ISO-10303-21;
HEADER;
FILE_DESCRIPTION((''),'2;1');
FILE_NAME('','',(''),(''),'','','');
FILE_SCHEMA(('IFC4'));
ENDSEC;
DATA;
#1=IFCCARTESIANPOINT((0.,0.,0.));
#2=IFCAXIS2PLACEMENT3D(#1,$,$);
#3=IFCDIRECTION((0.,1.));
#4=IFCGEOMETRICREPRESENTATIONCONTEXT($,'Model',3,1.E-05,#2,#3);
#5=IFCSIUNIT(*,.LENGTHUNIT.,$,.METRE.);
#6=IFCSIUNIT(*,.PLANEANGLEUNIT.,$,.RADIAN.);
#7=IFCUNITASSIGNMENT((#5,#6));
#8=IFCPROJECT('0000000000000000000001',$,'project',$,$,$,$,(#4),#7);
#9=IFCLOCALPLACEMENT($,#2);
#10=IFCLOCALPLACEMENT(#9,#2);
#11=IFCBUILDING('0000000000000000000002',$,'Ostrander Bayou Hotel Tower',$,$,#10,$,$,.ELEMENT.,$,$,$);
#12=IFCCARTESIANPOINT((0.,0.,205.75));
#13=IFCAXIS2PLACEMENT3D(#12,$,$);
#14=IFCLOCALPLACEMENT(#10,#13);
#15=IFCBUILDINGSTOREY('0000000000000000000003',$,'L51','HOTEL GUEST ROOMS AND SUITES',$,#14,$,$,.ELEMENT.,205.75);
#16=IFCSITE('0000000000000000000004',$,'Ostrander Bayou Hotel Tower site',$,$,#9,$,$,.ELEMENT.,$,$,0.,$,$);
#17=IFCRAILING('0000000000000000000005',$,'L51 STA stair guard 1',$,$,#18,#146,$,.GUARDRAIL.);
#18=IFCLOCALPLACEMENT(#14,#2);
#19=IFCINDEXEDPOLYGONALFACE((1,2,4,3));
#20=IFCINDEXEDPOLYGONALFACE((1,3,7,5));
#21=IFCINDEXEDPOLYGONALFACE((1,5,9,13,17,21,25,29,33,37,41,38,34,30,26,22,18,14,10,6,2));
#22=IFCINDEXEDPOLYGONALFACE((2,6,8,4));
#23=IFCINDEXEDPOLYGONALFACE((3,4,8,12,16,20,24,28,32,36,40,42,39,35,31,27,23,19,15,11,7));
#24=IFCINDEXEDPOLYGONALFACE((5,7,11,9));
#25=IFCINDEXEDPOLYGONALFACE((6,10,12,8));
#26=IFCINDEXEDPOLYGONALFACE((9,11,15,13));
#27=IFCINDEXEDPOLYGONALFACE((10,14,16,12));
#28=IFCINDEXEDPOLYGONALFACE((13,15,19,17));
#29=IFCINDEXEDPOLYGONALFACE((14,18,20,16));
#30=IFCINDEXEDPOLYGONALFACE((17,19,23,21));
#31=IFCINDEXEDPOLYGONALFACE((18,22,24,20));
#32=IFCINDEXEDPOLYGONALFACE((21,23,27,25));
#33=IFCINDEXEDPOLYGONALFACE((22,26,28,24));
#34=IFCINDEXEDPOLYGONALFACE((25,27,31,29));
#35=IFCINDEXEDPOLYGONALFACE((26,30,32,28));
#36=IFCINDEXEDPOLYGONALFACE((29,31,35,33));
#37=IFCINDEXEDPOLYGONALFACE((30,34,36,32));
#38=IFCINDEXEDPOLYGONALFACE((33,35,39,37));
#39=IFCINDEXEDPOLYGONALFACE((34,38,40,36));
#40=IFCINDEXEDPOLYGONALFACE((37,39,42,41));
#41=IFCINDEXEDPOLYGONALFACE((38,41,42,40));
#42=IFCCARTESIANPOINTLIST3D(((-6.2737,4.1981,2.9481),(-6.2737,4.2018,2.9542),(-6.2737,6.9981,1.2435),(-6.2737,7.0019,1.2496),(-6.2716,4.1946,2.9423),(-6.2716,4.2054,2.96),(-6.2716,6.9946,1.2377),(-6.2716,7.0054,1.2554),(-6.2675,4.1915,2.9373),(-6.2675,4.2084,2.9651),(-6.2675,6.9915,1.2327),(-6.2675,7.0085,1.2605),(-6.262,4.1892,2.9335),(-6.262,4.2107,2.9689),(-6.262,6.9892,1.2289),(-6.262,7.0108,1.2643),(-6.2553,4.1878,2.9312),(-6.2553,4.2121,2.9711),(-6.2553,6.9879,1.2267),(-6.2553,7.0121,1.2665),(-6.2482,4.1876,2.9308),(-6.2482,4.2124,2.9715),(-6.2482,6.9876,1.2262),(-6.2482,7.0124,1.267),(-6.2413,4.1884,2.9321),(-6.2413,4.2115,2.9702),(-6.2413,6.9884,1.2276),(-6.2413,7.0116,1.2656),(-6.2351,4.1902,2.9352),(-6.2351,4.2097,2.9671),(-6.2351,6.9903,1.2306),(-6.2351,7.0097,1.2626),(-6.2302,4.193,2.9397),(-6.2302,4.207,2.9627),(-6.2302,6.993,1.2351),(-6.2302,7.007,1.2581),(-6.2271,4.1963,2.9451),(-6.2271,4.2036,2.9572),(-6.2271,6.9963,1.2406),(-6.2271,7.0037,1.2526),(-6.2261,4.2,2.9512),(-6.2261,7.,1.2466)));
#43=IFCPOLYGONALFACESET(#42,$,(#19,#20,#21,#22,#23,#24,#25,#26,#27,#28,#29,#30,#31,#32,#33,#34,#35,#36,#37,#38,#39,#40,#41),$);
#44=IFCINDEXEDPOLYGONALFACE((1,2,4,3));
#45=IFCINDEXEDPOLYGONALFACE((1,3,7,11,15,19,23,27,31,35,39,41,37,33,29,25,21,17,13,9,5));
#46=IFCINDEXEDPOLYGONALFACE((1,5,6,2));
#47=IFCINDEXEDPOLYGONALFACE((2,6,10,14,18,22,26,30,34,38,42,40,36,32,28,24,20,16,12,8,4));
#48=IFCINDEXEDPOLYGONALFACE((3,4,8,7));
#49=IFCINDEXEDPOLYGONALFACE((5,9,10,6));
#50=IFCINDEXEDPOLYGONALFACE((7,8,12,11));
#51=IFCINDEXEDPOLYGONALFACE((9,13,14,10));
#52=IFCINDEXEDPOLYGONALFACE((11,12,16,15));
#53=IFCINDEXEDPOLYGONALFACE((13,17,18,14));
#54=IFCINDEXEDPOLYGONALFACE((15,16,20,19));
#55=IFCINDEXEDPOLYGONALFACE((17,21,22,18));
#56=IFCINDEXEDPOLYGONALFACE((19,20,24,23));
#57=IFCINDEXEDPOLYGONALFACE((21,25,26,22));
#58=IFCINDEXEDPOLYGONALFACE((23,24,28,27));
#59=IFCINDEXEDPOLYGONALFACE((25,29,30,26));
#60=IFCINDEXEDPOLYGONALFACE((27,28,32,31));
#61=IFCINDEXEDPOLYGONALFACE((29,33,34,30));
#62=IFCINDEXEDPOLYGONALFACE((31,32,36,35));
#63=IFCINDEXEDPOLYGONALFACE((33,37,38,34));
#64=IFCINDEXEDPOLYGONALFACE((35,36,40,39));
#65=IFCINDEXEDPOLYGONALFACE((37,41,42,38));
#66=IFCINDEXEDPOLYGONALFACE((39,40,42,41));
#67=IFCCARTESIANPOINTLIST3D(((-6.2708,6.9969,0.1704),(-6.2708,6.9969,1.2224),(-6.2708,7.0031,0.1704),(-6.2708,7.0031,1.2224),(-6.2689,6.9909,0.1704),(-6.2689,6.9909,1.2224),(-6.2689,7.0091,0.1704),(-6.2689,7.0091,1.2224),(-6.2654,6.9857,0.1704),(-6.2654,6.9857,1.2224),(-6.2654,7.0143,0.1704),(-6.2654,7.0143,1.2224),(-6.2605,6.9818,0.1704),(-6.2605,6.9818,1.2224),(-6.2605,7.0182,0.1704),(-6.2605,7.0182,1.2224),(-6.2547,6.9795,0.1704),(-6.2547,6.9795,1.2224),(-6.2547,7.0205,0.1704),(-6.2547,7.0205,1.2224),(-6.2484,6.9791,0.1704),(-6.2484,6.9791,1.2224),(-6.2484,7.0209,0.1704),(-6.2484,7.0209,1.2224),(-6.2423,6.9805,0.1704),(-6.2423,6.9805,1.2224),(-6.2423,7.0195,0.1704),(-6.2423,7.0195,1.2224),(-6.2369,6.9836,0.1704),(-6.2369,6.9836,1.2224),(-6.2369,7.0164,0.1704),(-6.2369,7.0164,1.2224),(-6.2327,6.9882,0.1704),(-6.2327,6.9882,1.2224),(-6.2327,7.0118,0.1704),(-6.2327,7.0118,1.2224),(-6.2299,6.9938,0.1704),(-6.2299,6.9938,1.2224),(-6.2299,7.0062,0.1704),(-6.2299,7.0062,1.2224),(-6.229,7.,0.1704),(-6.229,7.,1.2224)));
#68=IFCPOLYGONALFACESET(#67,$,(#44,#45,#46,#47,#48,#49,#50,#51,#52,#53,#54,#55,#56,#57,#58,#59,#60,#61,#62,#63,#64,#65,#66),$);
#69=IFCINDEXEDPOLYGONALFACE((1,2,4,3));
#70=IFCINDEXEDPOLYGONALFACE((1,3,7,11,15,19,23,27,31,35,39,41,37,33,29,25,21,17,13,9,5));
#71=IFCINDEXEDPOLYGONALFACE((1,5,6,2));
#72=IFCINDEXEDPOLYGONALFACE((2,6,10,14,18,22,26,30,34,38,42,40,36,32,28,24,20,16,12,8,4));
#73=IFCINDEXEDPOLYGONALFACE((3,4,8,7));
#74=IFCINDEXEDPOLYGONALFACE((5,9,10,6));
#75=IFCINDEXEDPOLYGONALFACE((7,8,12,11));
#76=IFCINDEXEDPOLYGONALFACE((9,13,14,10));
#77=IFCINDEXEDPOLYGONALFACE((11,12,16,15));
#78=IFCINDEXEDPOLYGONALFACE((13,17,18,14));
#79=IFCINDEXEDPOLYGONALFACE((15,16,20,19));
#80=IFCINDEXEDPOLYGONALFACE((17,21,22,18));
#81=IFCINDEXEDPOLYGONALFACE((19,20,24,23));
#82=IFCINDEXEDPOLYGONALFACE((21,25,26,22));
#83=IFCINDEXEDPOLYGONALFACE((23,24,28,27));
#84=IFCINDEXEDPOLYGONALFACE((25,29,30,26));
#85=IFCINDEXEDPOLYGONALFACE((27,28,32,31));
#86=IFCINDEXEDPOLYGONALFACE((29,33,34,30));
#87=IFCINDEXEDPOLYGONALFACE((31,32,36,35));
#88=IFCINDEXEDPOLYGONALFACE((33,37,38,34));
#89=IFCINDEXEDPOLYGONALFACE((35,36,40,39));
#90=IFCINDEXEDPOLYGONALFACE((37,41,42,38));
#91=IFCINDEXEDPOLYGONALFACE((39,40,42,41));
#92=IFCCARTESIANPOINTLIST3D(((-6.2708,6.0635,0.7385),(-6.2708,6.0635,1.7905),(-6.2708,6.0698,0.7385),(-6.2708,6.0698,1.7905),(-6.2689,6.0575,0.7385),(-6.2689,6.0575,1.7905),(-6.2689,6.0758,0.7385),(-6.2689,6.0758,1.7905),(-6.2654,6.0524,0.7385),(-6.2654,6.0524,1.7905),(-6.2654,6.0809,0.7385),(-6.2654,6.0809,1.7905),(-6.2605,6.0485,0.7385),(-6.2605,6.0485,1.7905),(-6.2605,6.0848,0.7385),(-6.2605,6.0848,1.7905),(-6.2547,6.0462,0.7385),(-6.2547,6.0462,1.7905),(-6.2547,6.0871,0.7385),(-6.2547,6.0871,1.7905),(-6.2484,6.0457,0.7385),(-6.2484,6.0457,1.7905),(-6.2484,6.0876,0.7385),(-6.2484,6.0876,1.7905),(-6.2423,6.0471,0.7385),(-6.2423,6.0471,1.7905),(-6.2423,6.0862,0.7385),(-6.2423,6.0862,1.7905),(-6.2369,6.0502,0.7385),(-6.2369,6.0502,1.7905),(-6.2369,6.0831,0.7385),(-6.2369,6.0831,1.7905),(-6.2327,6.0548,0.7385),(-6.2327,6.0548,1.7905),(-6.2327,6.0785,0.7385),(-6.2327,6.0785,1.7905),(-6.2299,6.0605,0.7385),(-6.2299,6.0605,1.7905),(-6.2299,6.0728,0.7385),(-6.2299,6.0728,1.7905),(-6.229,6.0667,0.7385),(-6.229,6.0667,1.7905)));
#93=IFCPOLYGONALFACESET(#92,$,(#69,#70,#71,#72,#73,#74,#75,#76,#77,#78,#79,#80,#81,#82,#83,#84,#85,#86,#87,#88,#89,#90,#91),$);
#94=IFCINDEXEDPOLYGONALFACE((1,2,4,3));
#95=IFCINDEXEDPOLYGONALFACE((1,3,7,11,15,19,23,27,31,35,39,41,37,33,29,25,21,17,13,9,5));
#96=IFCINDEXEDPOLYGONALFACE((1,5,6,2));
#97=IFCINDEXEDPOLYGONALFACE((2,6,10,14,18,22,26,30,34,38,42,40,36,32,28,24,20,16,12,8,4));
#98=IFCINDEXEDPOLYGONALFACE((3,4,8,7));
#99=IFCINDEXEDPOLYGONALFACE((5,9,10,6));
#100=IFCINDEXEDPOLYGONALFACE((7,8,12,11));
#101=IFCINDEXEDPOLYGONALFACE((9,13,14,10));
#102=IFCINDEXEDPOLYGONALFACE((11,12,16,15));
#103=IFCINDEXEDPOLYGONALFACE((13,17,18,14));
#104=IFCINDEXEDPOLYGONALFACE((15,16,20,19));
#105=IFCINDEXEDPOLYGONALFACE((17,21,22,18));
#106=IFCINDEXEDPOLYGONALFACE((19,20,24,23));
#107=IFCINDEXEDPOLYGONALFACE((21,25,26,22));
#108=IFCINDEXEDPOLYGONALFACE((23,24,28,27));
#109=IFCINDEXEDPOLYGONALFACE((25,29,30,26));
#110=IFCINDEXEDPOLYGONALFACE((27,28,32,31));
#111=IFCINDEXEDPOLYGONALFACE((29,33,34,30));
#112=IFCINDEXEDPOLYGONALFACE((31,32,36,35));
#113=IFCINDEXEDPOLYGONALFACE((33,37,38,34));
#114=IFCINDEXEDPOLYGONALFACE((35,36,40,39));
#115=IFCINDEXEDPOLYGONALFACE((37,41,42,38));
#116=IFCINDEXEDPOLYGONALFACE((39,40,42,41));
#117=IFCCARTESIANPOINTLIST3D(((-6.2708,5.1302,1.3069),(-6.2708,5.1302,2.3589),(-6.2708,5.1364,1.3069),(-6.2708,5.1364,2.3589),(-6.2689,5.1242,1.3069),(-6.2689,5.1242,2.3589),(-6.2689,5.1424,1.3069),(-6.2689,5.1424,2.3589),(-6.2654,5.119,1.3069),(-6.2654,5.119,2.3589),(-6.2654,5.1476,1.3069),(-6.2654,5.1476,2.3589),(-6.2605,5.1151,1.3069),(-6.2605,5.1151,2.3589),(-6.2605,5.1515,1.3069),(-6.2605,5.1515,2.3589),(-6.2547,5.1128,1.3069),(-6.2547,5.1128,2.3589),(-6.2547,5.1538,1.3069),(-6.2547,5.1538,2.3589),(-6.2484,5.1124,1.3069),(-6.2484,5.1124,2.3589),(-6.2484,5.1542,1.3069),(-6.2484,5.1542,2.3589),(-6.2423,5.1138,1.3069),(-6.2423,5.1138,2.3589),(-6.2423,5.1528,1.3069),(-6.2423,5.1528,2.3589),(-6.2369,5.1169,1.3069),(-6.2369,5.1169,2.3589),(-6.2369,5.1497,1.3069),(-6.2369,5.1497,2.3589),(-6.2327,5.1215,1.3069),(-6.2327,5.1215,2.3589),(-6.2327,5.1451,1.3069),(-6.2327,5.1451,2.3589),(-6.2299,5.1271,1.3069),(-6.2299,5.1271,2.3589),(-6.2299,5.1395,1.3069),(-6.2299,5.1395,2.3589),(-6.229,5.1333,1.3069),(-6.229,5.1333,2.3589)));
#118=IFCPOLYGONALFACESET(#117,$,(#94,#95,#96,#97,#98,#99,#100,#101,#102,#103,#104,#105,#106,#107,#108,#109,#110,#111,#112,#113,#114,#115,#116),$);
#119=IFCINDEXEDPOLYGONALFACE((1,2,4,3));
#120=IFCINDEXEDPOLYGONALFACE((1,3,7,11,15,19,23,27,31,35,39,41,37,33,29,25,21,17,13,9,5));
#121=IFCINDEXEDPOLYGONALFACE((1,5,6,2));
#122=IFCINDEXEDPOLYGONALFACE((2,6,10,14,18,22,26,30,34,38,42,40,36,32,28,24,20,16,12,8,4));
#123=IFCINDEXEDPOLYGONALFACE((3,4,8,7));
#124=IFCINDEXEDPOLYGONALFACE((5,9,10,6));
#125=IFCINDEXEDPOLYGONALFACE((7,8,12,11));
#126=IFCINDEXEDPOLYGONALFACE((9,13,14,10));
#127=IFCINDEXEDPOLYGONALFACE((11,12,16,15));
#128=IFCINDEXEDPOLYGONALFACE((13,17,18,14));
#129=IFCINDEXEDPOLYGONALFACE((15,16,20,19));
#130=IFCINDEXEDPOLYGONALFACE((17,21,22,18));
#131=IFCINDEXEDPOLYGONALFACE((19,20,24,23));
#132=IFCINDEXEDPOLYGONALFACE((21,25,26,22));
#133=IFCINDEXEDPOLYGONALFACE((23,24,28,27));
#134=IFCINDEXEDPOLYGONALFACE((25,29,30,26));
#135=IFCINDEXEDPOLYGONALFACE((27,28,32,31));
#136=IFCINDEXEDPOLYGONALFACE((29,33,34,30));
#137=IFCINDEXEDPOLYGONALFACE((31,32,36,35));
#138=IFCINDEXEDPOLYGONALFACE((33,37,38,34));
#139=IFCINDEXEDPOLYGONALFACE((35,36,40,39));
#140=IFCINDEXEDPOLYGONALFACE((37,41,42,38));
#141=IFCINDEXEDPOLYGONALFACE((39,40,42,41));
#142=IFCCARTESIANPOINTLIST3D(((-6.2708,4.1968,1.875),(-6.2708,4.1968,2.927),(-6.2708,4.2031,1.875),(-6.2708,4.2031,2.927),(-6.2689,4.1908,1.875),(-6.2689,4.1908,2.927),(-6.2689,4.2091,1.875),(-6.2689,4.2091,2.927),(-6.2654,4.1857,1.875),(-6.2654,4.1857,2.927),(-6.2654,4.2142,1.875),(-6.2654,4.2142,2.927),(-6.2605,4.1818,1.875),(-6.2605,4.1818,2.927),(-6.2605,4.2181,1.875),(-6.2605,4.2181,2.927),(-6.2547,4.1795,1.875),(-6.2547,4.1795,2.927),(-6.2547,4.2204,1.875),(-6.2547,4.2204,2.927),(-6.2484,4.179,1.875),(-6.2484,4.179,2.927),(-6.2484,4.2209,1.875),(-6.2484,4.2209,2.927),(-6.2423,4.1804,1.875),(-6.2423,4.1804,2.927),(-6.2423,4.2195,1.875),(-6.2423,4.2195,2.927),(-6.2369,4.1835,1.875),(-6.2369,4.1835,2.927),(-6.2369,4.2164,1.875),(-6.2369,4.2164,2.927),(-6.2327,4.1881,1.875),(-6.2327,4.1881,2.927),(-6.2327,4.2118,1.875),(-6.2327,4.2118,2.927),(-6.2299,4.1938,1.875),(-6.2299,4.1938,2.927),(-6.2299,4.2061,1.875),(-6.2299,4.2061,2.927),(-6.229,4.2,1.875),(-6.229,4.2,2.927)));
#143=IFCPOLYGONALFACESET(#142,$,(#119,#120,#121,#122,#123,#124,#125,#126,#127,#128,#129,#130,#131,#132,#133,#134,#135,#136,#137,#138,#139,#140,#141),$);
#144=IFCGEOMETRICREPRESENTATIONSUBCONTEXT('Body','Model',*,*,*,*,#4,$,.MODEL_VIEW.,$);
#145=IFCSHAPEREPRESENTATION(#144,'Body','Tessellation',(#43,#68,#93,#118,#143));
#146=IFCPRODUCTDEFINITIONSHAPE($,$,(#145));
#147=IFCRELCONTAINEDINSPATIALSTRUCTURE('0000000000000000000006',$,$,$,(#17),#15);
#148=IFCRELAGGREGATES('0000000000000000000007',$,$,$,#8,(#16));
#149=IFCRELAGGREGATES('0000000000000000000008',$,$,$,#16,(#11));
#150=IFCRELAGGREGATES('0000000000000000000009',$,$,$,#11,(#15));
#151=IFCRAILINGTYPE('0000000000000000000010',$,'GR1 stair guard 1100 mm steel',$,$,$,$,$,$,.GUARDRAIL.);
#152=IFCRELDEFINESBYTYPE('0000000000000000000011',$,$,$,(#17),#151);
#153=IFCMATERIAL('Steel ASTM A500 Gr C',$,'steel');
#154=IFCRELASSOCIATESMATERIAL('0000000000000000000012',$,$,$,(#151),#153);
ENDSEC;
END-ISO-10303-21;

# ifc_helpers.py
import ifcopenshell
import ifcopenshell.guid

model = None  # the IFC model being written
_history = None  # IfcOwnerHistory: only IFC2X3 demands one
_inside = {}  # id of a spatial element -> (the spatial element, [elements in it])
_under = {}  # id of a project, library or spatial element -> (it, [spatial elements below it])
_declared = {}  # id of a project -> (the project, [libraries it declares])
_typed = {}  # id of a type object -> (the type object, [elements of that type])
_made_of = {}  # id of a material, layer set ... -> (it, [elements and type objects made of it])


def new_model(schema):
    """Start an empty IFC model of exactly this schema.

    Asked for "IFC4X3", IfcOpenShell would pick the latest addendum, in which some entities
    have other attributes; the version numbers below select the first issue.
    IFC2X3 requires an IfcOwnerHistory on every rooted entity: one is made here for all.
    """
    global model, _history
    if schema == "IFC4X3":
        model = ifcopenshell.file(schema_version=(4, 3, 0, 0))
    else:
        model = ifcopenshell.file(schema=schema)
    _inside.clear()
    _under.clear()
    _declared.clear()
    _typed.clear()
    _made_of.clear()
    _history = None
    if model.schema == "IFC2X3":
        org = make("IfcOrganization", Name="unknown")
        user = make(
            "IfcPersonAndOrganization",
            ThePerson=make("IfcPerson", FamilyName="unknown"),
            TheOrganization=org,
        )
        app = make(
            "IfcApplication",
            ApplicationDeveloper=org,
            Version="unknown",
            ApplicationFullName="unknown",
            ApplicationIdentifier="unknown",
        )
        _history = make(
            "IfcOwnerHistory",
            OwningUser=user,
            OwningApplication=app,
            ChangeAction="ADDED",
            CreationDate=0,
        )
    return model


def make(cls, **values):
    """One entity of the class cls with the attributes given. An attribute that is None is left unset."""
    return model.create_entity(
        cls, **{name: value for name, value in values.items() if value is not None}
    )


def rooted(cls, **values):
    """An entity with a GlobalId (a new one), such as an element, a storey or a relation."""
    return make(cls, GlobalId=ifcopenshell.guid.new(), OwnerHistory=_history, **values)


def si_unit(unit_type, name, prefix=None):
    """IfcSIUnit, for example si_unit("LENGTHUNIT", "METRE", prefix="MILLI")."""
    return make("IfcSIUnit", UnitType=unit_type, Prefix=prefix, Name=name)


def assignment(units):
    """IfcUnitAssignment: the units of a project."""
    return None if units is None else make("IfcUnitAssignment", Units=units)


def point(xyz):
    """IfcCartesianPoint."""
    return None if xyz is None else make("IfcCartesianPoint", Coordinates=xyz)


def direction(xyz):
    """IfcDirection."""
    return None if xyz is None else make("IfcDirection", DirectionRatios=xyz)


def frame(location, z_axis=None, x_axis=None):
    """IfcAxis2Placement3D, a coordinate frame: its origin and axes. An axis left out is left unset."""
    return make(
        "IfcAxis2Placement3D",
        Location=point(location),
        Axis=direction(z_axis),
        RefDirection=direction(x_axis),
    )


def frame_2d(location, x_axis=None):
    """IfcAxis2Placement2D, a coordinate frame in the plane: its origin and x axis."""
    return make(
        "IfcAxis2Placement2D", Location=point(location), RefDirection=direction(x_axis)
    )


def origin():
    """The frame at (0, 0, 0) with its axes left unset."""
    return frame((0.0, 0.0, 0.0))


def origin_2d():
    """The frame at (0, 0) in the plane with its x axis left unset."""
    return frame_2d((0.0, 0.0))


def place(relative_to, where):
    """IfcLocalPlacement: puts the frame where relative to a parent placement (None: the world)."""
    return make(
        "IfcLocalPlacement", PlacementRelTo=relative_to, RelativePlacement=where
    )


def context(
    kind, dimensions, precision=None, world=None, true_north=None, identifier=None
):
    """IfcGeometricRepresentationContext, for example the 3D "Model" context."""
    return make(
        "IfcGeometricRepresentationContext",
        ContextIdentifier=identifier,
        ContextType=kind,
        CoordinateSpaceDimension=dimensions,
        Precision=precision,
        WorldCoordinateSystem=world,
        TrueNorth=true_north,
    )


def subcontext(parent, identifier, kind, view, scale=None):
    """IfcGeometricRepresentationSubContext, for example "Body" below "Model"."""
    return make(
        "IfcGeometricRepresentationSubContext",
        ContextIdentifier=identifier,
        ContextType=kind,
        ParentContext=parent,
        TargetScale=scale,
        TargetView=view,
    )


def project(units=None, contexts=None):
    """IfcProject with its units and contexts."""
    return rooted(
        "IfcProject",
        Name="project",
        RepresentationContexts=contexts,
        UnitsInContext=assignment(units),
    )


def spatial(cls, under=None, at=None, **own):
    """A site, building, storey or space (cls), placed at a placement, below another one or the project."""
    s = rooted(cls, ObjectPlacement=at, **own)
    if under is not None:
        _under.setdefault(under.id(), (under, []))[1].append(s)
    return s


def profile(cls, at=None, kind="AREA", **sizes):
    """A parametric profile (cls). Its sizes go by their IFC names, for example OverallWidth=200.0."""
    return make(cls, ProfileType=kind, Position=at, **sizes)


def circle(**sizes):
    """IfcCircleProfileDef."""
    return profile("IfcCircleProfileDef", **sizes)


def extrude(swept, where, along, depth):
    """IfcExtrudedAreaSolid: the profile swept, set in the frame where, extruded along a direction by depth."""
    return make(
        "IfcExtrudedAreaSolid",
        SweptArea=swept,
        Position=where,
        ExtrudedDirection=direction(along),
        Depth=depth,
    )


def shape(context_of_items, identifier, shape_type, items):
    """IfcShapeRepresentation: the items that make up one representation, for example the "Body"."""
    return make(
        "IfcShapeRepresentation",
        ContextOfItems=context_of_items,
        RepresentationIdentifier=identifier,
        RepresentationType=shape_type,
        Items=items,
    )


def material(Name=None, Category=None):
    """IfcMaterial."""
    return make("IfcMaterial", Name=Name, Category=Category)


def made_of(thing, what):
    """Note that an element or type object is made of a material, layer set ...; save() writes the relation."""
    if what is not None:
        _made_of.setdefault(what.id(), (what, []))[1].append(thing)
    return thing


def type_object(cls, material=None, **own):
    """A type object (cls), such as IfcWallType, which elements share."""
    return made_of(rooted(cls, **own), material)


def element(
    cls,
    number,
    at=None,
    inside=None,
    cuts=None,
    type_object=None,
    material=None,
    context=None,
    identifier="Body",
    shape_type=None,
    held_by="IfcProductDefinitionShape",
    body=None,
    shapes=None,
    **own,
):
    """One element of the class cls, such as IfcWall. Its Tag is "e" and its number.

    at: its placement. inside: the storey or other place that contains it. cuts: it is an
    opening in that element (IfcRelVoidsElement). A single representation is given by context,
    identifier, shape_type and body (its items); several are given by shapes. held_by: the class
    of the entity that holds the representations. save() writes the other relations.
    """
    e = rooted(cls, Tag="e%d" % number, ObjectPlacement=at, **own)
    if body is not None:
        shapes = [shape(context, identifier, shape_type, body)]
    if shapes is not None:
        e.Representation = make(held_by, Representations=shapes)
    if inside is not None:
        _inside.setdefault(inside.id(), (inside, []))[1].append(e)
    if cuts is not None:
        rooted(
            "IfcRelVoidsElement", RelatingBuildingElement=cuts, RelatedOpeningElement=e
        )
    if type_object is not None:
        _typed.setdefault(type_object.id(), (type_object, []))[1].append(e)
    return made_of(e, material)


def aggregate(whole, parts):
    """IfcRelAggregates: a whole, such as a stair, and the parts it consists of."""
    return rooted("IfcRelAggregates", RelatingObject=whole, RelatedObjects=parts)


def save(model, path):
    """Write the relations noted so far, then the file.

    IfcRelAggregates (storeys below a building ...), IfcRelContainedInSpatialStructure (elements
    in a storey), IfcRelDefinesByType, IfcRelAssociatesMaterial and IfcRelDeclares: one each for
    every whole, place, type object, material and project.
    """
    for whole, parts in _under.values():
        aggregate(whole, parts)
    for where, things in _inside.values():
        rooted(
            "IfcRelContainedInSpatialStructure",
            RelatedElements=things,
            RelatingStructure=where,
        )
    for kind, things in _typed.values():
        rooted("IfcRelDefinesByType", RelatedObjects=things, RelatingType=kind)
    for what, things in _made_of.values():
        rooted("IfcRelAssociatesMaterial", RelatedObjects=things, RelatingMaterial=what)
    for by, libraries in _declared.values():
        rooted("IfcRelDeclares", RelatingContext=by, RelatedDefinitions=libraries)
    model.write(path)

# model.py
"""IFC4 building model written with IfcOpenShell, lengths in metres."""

from ifc_helpers import new_model, si_unit, direction, frame, origin, origin_2d, place, context, subcontext, project, spatial, circle, extrude, material, type_object, element, save


model = new_model("IFC4")

# Units and contexts
model_context = context("Model", 3, precision=1e-05, world=origin(), true_north=direction((0.0, 1.0)))
body_context = subcontext(model_context, "Body", "Model", "MODEL_VIEW")
ifc_project = project(units=[si_unit("LENGTHUNIT", "METRE"), si_unit("PLANEANGLEUNIT", "RADIAN")], contexts=[model_context])

# Site, building, storey
site_placement = place(None, origin())
site = spatial("IfcSite", under=ifc_project, at=site_placement, Name="Ostrander Bayou Hotel Tower site", CompositionType="ELEMENT", RefElevation=0.0)
building_placement = place(site_placement, origin())
building = spatial("IfcBuilding", under=site, at=building_placement, Name="Ostrander Bayou Hotel Tower", CompositionType="ELEMENT")
storey_placement = place(building_placement, frame((0.0, 0.0, 205.75)))
storey = spatial("IfcBuildingStorey", under=building, at=storey_placement, Name="L51", Description="HOTEL GUEST ROOMS AND SUITES", CompositionType="ELEMENT", Elevation=205.75)

# Railing
ifc_material_1 = material(Name="Steel ASTM A500 Gr C", Category="steel")
railing_type_1 = type_object("IfcRailingType", Name="GR1 stair guard 1100 mm steel", PredefinedType="GUARDRAIL", material=ifc_material_1)
railing_1_placement = place(storey_placement, frame((-6.25, 7.0, 0.1704)))
element("IfcRailing", 1, at=railing_1_placement, inside=storey, type_object=railing_type_1, Name="L51 STA stair guard 1", PredefinedType="GUARDRAIL", context=body_context, shape_type="SweptSolid", body=[
    extrude(circle(Radius=0.0239, at=origin_2d()), frame((0.0, 0.0, 1.0762), z_axis=(0.0, -0.85417, 0.519994), x_axis=(1.0, 0.0, 0.0)), (0.0, 0.0, 1.0), 3.2781),
    extrude(circle(Radius=0.021, at=origin_2d()), origin(), (0.0, 0.0, 1.0), 1.052),
    extrude(circle(Radius=0.021, at=origin_2d()), frame((0.0, -0.9333, 0.5681)), (0.0, 0.0, 1.0), 1.052),
    extrude(circle(Radius=0.021, at=origin_2d()), frame((0.0, -1.8667, 1.1365)), (0.0, 0.0, 1.0), 1.052),
    extrude(circle(Radius=0.021, at=origin_2d()), frame((0.0, -2.8, 1.7046)), (0.0, 0.0, 1.0), 1.052),
])

save(model, "model.ifc")
